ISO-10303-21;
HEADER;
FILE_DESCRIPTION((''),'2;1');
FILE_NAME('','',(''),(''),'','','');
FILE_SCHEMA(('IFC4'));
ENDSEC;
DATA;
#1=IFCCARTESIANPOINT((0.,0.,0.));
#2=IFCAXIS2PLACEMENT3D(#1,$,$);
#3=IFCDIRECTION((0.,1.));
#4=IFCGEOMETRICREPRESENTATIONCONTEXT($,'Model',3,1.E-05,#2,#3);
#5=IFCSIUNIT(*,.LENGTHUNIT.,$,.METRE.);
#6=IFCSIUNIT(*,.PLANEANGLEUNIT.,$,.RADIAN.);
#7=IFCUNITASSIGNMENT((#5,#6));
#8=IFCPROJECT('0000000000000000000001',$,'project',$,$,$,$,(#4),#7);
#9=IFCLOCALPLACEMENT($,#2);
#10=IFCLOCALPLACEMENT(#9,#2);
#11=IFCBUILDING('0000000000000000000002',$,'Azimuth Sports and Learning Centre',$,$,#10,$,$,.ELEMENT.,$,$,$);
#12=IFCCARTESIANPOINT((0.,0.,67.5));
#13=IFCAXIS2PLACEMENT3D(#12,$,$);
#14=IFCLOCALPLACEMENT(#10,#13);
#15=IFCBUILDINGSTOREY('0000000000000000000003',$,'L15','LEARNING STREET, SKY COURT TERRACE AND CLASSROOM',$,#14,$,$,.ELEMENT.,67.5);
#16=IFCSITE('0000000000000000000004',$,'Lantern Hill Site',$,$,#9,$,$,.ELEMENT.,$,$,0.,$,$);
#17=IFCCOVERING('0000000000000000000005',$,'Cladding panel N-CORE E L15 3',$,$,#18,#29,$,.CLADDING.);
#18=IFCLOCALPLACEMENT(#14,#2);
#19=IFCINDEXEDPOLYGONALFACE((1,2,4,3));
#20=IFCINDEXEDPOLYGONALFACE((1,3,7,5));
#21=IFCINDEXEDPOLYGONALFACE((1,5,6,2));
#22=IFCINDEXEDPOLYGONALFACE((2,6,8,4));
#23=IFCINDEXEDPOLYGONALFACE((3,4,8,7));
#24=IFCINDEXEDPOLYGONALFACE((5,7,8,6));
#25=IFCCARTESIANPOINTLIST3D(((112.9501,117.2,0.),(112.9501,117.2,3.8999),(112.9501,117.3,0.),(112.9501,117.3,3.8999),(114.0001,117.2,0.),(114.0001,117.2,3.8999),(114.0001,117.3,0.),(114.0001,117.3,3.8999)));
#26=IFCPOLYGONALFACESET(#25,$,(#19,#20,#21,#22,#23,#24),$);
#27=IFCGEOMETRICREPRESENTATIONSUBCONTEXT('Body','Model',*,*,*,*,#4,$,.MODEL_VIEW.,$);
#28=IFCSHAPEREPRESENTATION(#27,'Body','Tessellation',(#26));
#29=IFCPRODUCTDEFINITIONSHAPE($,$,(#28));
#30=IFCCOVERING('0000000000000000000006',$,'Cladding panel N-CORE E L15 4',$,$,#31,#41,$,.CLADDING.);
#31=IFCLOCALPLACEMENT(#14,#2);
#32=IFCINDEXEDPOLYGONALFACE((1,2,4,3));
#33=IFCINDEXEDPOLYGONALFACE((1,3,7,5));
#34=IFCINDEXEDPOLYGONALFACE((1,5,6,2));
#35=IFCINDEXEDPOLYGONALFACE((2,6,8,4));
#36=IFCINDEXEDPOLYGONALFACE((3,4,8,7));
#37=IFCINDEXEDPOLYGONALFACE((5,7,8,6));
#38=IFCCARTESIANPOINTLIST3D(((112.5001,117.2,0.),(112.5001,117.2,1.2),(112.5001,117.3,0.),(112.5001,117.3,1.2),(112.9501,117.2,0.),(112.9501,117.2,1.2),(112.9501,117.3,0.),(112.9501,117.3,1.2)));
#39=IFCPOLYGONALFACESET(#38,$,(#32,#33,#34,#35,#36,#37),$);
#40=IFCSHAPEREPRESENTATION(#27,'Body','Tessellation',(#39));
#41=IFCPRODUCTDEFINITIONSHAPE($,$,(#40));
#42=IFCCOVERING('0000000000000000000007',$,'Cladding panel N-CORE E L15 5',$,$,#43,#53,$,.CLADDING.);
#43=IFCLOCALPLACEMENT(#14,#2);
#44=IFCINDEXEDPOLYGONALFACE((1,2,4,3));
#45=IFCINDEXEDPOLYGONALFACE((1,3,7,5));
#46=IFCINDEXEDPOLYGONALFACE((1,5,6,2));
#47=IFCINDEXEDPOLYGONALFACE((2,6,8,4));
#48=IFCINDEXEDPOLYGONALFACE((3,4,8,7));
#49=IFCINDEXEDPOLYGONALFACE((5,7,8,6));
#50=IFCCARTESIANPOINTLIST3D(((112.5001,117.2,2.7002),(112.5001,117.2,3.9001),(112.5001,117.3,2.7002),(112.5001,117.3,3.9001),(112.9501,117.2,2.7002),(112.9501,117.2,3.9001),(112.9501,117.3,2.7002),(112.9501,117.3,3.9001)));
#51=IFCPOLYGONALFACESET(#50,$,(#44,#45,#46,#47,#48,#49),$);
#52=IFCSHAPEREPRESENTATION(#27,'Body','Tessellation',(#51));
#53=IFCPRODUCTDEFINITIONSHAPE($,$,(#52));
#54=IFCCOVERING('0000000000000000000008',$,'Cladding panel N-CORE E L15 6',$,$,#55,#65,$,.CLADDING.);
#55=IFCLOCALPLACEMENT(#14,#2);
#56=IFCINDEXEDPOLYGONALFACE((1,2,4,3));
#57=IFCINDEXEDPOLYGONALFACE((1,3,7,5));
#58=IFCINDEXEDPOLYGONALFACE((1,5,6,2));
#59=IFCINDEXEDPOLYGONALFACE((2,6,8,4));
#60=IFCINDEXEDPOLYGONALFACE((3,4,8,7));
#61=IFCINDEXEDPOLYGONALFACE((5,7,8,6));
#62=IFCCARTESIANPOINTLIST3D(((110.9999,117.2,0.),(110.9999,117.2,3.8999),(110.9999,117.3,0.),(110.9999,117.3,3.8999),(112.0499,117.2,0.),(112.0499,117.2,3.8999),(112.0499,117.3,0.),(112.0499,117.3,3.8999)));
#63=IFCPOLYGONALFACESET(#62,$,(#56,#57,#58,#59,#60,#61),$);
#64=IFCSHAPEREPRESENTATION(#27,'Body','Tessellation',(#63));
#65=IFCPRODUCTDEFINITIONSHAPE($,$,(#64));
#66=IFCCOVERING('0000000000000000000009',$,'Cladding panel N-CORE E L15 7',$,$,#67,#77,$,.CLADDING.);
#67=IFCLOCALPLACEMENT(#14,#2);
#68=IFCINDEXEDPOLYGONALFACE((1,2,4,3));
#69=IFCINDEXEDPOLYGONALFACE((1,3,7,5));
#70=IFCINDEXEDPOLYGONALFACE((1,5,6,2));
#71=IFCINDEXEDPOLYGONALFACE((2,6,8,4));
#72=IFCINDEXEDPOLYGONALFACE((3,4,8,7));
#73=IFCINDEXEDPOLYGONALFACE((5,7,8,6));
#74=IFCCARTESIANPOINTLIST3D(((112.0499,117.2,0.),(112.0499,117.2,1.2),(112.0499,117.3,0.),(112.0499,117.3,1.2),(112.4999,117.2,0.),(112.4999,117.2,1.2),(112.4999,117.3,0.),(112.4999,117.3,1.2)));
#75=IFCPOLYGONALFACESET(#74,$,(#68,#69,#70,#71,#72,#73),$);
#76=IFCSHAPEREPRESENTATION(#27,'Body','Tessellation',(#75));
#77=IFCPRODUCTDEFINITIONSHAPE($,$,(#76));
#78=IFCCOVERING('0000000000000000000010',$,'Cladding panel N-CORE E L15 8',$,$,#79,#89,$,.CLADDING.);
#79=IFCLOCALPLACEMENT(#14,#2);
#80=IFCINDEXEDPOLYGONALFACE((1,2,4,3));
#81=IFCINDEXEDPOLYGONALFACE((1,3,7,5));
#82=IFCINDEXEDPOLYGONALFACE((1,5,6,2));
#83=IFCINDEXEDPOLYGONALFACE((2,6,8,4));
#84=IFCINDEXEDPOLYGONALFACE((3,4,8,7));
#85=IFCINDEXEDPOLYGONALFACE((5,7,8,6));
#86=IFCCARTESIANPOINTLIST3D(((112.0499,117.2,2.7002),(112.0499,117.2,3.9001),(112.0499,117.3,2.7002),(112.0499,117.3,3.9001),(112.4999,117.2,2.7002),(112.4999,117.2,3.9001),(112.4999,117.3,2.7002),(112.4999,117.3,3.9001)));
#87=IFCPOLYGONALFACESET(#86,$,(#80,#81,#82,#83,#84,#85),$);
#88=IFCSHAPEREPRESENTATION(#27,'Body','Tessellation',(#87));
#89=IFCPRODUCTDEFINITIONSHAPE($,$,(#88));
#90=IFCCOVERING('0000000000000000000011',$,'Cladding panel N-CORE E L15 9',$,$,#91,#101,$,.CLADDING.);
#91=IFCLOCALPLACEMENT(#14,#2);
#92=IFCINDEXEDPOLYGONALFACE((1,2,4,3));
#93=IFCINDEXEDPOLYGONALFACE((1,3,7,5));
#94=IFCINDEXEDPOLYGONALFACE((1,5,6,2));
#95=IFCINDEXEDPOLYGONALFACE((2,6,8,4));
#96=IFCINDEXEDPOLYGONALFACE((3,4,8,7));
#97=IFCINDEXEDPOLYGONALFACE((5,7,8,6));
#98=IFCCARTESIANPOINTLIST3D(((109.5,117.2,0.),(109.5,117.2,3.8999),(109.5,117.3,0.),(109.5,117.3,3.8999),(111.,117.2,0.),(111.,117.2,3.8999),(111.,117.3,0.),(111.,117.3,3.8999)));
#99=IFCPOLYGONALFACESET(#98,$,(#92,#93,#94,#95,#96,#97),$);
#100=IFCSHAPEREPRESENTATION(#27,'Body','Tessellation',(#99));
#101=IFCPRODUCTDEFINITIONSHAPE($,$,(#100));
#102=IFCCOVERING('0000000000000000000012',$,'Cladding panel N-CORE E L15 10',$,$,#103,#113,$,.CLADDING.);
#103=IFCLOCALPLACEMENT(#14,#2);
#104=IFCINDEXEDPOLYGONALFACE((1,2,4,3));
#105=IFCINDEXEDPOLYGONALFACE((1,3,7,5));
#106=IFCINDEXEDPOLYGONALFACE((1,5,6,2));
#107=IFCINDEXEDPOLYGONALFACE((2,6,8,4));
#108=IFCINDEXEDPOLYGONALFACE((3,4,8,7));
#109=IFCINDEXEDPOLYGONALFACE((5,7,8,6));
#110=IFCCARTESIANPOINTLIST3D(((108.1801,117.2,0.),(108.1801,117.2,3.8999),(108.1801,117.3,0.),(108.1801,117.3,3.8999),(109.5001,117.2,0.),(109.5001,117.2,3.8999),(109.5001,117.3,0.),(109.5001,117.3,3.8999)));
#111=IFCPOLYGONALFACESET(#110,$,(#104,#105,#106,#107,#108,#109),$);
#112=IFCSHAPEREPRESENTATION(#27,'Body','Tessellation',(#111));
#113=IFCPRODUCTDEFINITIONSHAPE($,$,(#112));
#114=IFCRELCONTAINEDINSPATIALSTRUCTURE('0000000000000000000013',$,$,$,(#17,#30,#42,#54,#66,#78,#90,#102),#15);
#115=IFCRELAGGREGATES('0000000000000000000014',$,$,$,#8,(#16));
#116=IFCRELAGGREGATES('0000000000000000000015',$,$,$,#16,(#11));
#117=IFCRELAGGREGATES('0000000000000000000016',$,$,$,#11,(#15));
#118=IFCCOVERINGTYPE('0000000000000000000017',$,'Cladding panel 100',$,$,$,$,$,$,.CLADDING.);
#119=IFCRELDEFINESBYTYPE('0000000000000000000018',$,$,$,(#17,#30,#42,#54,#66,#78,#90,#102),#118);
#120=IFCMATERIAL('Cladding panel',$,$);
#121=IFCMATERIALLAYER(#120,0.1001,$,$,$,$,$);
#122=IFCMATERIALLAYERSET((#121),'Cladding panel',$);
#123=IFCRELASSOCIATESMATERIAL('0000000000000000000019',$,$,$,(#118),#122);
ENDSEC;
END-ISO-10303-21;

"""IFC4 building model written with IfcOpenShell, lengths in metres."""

from ifc_helpers import new_model, si_unit, direction, frame, origin, origin_2d, place, context, subcontext, project, spatial, rectangle, extrude, material, layer, layer_set, type_object, element, save


model = new_model("IFC4")

# Units and contexts
model_context = context("Model", 3, precision=1e-05, world=origin(), true_north=direction((0.0, 1.0)))
body_context = subcontext(model_context, "Body", "Model", "MODEL_VIEW")
ifc_project = project(units=[si_unit("LENGTHUNIT", "METRE"), si_unit("PLANEANGLEUNIT", "RADIAN")], contexts=[model_context])

# Site, building, storey
site_placement = place(None, origin())
site = spatial("IfcSite", under=ifc_project, at=site_placement, Name="Lantern Hill Site", CompositionType="ELEMENT", RefElevation=0.0)
building_placement = place(site_placement, origin())
building = spatial("IfcBuilding", under=site, at=building_placement, Name="Azimuth Sports and Learning Centre", CompositionType="ELEMENT")
storey_placement = place(building_placement, frame((0.0, 0.0, 67.5)))
storey = spatial("IfcBuildingStorey", under=building, at=storey_placement, Name="L15", Description="LEARNING STREET, SKY COURT TERRACE AND CLASSROOM", CompositionType="ELEMENT", Elevation=67.5)

# Coverings
ifc_material_1 = material(Name="Cladding panel")
ifc_layer_1 = layer(ifc_material_1, 0.1001)
ifc_layer_set_1 = layer_set([ifc_layer_1], Name="Cladding panel")
covering_type = type_object("IfcCoveringType", Name="Cladding panel 100", PredefinedType="CLADDING", material=ifc_layer_set_1)
covering_1_placement = place(storey_placement, frame((113.4751, 117.25, 0.0), z_axis=(0.0, 0.0, 1.0), x_axis=(-1.0, 0.0, 0.0)))
element("IfcCovering", 1, at=covering_1_placement, inside=storey, type_object=covering_type, Name="Cladding panel N-CORE E L15 3", PredefinedType="CLADDING", context=body_context, shape_type="SweptSolid", body=[
    extrude(rectangle(XDim=1.05, YDim=0.1001, at=origin_2d()), origin(), (0.0, 0.0, 1.0), 3.8999),
])
for number, where, z_axis, x_axis, name in (
    (2, (112.7251, 117.25, 0.0), (0.0, 0.0, 1.0), (-1.0, 0.0, 0.0), "Cladding panel N-CORE E L15 4"),
    (3, (112.7251, 117.25, 2.7002), (0.0, 0.0, 1.0), (-1.0, 0.0, 0.0), "Cladding panel N-CORE E L15 5"),
):
    element("IfcCovering", number, at=place(storey_placement, frame(where, z_axis=z_axis, x_axis=x_axis)), inside=storey, type_object=covering_type, Name=name, PredefinedType="CLADDING", context=body_context, shape_type="SweptSolid", body=[
        extrude(rectangle(XDim=0.45, YDim=0.1001, at=origin_2d()), origin(), (0.0, 0.0, 1.0), 1.2),
    ])
covering_2_placement = place(storey_placement, frame((111.5249, 117.25, 0.0), z_axis=(0.0, 0.0, 1.0), x_axis=(-1.0, 0.0, 0.0)))
element("IfcCovering", 4, at=covering_2_placement, inside=storey, type_object=covering_type, Name="Cladding panel N-CORE E L15 6", PredefinedType="CLADDING", context=body_context, shape_type="SweptSolid", body=[
    extrude(rectangle(XDim=1.05, YDim=0.1001, at=origin_2d()), origin(), (0.0, 0.0, 1.0), 3.8999),
])
for number, where, z_axis, x_axis, name in (
    (5, (112.2749, 117.25, 0.0), (0.0, 0.0, 1.0), (-1.0, 0.0, 0.0), "Cladding panel N-CORE E L15 7"),
    (6, (112.2749, 117.25, 2.7002), (0.0, 0.0, 1.0), (-1.0, 0.0, 0.0), "Cladding panel N-CORE E L15 8"),
):
    element("IfcCovering", number, at=place(storey_placement, frame(where, z_axis=z_axis, x_axis=x_axis)), inside=storey, type_object=covering_type, Name=name, PredefinedType="CLADDING", context=body_context, shape_type="SweptSolid", body=[
        extrude(rectangle(XDim=0.45, YDim=0.1001, at=origin_2d()), origin(), (0.0, 0.0, 1.0), 1.2),
    ])
covering_3_placement = place(storey_placement, frame((110.25, 117.25, 0.0), z_axis=(0.0, 0.0, 1.0), x_axis=(-1.0, 0.0, 0.0)))
element("IfcCovering", 7, at=covering_3_placement, inside=storey, type_object=covering_type, Name="Cladding panel N-CORE E L15 9", PredefinedType="CLADDING", context=body_context, shape_type="SweptSolid", body=[
    extrude(rectangle(XDim=1.5, YDim=0.1001, at=origin_2d()), origin(), (0.0, 0.0, 1.0), 3.8999),
])
covering_4_placement = place(storey_placement, frame((108.8401, 117.25, 0.0), z_axis=(0.0, 0.0, 1.0), x_axis=(-1.0, 0.0, 0.0)))
element("IfcCovering", 8, at=covering_4_placement, inside=storey, type_object=covering_type, Name="Cladding panel N-CORE E L15 10", PredefinedType="CLADDING", context=body_context, shape_type="SweptSolid", body=[
    extrude(rectangle(XDim=1.3201, YDim=0.1001, at=origin_2d()), origin(), (0.0, 0.0, 1.0), 3.8999),
])

save(model, "model.ifc")
